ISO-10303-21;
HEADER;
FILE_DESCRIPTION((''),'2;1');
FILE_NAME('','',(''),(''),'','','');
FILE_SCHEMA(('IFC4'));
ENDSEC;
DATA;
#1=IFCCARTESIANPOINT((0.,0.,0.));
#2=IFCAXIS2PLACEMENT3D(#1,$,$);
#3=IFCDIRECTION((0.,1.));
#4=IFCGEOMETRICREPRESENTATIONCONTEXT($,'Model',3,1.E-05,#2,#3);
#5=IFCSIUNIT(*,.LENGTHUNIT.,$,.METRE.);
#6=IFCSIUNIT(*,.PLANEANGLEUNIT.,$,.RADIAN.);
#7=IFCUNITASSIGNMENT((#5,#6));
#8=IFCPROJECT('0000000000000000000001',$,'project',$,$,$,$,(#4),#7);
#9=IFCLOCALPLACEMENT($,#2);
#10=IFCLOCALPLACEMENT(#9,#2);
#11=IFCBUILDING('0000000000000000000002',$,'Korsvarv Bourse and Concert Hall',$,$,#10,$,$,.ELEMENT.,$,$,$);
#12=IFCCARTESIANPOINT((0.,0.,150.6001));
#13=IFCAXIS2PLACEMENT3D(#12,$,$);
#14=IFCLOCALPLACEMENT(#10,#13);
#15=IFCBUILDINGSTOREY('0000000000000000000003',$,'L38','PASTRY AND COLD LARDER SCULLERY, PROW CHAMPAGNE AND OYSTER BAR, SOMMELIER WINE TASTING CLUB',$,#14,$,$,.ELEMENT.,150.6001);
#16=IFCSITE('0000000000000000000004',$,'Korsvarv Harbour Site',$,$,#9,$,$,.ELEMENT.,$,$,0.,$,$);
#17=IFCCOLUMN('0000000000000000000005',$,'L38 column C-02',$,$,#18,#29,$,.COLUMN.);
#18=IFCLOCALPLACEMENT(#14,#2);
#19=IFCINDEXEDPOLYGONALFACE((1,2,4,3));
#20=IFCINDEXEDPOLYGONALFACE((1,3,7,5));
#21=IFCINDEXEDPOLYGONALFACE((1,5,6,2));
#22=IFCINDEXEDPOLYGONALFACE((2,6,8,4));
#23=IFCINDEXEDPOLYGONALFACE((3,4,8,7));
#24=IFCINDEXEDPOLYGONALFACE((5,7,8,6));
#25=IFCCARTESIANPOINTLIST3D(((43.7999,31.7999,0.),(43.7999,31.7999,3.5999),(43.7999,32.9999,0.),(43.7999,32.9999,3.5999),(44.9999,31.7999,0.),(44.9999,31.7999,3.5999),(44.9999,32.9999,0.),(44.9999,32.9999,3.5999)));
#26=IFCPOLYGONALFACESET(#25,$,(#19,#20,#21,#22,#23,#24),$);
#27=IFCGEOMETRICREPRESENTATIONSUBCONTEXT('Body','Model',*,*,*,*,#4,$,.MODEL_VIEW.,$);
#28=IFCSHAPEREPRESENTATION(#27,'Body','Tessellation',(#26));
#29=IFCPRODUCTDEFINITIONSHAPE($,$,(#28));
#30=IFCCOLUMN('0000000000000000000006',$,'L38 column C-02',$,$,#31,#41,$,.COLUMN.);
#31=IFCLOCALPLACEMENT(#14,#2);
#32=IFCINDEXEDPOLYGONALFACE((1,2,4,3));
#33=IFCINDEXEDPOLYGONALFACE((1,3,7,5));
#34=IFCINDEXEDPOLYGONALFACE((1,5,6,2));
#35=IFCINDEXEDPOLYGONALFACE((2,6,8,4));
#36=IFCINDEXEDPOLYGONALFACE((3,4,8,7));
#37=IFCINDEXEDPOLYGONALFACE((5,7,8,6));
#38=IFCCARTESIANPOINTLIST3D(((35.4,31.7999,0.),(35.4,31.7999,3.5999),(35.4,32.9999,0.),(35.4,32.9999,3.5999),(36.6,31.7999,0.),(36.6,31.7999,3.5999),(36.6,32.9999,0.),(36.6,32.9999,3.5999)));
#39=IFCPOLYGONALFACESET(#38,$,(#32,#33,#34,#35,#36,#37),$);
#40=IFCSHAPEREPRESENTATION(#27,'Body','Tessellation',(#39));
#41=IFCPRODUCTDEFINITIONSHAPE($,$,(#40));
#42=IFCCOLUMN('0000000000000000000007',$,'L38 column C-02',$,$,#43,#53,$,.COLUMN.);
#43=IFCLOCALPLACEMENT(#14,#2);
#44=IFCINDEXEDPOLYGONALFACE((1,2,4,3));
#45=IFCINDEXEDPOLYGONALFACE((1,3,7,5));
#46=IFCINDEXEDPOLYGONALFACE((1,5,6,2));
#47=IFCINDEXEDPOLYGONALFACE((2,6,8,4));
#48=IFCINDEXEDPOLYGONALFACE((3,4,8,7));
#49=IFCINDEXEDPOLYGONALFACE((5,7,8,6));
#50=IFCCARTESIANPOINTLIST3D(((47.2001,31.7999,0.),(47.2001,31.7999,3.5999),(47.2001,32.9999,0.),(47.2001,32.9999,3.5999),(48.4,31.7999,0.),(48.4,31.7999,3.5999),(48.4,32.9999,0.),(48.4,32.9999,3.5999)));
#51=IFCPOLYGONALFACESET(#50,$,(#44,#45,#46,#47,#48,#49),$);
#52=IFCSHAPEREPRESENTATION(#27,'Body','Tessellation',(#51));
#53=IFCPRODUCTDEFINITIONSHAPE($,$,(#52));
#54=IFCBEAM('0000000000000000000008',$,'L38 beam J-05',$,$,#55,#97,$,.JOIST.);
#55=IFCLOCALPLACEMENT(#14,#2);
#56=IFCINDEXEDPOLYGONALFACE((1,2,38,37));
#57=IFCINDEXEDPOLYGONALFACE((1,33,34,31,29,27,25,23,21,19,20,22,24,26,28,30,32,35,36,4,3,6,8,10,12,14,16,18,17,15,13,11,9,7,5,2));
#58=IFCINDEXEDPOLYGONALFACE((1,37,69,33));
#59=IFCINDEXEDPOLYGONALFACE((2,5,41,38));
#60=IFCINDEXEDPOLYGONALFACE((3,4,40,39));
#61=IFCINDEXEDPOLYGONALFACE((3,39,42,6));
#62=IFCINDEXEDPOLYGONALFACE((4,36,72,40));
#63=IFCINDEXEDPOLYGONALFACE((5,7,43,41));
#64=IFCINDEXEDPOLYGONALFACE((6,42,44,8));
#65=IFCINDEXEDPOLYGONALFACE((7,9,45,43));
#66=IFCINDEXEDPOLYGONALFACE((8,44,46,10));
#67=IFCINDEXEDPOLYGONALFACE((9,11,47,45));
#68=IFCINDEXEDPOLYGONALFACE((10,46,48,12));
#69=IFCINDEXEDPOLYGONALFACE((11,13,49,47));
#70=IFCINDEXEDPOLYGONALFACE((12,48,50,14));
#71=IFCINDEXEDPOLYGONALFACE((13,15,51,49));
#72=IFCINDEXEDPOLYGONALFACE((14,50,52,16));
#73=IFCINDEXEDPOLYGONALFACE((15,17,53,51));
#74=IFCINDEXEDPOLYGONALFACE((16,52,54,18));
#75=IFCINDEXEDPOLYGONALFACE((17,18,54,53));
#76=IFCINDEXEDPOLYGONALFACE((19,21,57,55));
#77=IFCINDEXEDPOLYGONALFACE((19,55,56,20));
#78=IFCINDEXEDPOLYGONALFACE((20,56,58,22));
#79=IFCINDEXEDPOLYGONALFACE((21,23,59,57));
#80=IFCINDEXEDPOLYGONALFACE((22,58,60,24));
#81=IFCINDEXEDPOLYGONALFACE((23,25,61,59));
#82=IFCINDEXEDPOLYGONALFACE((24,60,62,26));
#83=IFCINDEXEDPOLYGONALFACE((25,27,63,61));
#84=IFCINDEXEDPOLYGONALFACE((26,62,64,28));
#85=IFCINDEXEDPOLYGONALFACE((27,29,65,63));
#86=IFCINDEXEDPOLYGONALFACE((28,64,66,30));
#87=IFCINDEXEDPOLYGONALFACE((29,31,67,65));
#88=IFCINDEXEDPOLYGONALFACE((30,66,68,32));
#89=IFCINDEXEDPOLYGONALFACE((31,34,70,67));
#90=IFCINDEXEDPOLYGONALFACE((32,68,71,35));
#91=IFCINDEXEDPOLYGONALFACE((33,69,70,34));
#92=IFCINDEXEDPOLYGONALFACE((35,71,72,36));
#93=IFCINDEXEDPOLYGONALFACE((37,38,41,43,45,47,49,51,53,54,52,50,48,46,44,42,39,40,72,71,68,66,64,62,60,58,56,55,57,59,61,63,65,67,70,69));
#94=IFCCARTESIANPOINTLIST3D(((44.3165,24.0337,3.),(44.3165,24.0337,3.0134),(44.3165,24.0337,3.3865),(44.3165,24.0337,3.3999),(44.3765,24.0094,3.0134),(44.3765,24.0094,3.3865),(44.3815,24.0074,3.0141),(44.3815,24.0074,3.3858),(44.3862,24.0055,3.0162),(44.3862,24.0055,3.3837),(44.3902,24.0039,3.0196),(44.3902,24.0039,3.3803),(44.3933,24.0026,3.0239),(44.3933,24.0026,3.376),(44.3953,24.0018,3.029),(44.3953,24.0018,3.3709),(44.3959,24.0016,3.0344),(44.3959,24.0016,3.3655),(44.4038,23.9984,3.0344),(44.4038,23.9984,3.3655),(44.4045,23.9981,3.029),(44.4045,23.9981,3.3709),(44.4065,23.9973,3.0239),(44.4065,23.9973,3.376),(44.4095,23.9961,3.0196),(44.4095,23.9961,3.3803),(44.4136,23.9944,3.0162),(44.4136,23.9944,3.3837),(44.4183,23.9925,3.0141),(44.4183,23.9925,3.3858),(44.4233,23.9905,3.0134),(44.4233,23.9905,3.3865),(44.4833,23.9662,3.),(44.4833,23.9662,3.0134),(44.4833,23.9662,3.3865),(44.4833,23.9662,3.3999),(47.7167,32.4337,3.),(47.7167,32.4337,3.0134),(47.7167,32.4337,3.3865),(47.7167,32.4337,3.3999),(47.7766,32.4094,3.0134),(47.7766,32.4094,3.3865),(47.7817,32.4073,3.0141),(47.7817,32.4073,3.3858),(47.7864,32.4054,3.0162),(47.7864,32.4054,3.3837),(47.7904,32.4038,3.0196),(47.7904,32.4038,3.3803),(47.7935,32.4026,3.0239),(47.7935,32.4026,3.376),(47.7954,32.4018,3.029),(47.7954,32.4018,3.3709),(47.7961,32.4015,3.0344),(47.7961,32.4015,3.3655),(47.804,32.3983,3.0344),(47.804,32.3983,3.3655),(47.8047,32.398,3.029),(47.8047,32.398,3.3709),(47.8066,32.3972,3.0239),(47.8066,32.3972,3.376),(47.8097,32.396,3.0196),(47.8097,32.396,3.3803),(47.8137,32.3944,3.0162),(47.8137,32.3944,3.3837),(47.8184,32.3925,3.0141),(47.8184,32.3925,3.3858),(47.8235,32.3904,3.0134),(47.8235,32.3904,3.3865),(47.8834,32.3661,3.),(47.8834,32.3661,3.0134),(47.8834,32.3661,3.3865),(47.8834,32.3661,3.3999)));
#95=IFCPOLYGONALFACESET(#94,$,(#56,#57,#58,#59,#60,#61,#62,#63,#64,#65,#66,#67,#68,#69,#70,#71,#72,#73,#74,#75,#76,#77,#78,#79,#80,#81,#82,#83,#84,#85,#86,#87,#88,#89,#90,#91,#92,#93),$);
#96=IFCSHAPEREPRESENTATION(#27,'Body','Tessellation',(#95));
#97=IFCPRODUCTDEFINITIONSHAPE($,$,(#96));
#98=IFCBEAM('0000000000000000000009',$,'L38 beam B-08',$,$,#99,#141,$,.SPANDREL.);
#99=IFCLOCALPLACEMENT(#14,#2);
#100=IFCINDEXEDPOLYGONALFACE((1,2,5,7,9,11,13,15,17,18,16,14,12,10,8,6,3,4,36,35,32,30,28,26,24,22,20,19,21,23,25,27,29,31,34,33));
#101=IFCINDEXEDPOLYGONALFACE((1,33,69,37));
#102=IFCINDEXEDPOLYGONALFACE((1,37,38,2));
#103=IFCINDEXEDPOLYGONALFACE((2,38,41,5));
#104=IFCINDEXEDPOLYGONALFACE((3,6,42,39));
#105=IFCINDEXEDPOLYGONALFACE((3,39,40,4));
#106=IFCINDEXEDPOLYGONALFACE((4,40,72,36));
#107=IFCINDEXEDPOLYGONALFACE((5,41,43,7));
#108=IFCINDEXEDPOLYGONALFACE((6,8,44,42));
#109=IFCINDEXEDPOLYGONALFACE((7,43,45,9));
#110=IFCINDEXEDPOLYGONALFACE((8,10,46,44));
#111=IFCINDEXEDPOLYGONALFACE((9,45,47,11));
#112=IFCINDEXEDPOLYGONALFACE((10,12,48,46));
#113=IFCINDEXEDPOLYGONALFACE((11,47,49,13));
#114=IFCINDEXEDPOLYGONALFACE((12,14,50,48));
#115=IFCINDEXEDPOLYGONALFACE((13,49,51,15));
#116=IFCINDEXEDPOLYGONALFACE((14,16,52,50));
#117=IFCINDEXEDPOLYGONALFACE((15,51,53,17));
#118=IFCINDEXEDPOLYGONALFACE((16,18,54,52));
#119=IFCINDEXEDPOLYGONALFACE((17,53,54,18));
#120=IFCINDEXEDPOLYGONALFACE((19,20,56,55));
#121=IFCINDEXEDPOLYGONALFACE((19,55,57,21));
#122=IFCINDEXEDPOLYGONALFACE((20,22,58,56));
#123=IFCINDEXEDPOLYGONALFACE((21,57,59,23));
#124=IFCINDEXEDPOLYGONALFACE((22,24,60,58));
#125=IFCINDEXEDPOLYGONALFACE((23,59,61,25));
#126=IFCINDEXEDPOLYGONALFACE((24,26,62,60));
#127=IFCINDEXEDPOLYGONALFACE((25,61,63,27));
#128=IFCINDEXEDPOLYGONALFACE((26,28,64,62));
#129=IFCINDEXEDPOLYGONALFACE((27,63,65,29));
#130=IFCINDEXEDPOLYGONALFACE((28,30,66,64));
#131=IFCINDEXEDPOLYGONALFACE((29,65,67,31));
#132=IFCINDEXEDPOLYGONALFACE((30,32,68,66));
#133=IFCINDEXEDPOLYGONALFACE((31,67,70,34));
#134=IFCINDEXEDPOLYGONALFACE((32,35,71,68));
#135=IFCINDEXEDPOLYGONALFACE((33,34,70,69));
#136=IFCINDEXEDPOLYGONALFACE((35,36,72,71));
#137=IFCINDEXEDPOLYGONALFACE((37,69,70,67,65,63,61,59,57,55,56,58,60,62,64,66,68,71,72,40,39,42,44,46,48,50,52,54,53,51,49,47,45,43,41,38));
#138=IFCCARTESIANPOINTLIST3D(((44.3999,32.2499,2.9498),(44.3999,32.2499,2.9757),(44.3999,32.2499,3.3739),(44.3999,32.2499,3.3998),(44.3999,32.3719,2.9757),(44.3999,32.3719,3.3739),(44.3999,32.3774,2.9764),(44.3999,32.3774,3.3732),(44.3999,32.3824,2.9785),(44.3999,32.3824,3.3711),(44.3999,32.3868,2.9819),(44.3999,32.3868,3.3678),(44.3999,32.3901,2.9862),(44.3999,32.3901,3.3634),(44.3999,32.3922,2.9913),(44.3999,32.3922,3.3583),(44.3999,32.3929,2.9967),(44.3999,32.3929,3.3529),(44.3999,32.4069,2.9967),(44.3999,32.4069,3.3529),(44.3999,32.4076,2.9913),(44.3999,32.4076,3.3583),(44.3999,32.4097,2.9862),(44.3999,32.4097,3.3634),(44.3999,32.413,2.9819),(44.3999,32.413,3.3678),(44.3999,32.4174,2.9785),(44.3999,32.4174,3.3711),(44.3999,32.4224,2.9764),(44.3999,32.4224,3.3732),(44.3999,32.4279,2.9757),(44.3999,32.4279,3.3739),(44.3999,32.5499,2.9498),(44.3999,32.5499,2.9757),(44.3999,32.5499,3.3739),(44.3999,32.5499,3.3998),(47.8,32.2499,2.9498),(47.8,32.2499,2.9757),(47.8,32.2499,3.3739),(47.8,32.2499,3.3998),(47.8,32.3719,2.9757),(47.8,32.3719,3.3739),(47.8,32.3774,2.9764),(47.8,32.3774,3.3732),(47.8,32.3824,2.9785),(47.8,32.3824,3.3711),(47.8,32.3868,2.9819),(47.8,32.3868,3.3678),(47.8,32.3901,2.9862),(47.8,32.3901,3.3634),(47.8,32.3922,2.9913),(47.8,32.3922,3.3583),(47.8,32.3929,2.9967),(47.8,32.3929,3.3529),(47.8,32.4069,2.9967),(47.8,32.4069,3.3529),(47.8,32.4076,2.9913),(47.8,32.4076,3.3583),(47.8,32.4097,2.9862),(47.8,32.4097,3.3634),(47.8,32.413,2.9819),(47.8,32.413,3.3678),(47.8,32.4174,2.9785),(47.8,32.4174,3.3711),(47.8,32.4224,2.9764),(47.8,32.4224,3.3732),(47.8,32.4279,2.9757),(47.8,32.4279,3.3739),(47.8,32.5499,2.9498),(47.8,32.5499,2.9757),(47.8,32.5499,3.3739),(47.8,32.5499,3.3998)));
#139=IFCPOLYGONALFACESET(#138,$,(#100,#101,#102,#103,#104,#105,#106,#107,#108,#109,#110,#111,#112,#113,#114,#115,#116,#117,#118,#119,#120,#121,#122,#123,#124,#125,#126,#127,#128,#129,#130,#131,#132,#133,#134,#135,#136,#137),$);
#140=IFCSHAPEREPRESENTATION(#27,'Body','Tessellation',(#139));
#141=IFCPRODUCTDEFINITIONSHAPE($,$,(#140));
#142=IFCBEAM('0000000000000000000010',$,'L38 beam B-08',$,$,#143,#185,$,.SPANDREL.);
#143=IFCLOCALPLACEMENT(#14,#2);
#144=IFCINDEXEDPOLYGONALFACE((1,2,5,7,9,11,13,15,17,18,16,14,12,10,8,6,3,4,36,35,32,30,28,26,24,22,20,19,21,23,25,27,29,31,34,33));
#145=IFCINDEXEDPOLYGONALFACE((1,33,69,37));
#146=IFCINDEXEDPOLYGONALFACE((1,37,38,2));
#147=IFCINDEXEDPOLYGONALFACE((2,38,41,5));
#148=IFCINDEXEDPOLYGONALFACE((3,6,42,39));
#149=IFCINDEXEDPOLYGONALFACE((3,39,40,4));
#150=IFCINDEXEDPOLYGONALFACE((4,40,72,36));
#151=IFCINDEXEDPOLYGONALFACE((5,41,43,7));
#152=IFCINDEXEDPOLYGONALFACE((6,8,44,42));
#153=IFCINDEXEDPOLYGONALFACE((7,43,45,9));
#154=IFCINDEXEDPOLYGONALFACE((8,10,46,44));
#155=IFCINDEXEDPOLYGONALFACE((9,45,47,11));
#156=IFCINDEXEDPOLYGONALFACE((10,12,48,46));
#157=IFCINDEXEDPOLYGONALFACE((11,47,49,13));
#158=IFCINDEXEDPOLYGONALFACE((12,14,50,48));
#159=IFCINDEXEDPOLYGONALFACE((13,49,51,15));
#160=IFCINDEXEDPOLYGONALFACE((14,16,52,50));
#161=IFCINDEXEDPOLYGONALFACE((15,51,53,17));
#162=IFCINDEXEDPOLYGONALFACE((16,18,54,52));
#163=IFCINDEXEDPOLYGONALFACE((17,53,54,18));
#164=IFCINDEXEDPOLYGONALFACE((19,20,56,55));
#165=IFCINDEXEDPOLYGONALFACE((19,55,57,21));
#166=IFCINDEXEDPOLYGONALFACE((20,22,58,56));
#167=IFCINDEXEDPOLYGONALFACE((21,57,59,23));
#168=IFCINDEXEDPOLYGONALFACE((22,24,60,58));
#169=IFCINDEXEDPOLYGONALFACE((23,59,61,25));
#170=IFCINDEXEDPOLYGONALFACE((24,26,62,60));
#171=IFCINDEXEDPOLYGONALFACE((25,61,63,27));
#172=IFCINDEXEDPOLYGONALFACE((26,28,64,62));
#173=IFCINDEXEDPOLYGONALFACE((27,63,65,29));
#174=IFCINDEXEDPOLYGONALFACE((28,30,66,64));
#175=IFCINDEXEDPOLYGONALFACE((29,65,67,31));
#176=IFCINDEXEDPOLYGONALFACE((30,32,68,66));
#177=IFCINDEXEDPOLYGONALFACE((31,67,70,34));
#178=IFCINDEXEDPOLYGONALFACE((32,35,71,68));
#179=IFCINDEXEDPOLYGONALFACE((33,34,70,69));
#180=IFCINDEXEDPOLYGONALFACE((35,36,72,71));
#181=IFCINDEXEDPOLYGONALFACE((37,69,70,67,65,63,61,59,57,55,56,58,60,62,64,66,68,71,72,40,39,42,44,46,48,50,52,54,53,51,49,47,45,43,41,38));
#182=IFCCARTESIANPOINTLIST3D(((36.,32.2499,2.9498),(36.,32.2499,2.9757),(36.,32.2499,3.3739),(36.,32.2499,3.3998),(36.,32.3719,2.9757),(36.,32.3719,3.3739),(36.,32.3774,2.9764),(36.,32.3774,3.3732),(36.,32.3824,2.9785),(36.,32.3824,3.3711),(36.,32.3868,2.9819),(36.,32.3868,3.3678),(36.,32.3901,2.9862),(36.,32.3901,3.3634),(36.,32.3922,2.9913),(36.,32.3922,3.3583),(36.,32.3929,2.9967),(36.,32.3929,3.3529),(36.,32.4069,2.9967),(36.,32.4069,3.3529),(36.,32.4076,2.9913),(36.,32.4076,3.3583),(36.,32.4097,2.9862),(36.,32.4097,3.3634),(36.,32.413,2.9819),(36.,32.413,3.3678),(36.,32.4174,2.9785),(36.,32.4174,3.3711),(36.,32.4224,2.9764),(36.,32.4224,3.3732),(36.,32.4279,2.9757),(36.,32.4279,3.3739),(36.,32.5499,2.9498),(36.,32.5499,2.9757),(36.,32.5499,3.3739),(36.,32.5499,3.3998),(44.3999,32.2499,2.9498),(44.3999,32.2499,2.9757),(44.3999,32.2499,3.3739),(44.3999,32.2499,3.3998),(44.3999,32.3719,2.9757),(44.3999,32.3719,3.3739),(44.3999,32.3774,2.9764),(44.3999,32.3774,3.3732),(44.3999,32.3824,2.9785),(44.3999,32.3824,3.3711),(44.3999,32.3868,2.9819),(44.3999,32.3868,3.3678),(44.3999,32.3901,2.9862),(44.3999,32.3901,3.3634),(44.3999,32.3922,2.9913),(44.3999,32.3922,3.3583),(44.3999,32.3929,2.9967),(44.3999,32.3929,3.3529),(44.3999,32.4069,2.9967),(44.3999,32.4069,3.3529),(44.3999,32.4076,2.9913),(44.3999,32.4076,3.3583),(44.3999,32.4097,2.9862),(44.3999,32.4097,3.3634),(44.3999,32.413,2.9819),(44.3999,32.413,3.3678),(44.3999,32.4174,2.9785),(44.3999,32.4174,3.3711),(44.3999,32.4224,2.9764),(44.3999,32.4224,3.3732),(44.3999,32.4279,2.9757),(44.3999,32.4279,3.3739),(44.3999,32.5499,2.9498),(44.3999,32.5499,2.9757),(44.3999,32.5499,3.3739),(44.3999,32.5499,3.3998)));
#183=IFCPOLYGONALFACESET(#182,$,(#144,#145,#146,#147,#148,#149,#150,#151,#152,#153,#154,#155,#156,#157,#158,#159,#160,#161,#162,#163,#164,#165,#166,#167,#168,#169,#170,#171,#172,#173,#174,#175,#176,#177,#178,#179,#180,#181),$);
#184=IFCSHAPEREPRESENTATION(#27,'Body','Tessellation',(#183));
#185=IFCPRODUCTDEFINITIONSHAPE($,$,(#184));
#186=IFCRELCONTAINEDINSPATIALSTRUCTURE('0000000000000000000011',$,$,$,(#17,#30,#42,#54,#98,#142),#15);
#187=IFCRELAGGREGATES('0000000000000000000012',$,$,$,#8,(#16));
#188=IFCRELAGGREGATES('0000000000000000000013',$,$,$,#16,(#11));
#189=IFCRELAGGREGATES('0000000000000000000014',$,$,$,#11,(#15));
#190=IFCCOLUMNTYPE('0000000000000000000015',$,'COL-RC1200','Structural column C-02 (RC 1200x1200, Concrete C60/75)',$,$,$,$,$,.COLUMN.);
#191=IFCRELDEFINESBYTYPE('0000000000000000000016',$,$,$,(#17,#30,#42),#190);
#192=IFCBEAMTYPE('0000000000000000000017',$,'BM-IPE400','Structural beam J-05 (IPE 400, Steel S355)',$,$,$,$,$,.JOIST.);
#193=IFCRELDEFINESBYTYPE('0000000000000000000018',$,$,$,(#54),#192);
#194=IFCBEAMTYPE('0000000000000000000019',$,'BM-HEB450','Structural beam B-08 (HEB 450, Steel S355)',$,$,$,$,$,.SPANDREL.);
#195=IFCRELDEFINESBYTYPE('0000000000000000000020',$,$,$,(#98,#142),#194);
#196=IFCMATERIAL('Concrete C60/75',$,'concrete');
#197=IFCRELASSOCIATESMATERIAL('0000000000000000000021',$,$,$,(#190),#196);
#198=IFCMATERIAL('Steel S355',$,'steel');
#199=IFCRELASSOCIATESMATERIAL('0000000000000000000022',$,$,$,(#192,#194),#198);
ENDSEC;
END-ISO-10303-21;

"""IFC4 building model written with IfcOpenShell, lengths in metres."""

from ifc_helpers import new_model, si_unit, direction, frame, origin, origin_2d, place, context, subcontext, project, spatial, rectangle, i_section, extrude, source, transform, mapped, material, material_profile, profile_set, type_object, element, save


model = new_model("IFC4")

# Units and contexts
model_context = context("Model", 3, precision=1e-05, world=origin(), true_north=direction((0.0, 1.0)))
body_context = subcontext(model_context, "Body", "Model", "MODEL_VIEW")
ifc_project = project(units=[si_unit("LENGTHUNIT", "METRE"), si_unit("PLANEANGLEUNIT", "RADIAN")], contexts=[model_context])

# Site, building, storey
site_placement = place(None, origin())
site = spatial("IfcSite", under=ifc_project, at=site_placement, Name="Korsvarv Harbour Site", CompositionType="ELEMENT", RefElevation=0.0)
building_placement = place(site_placement, origin())
building = spatial("IfcBuilding", under=site, at=building_placement, Name="Korsvarv Bourse and Concert Hall", CompositionType="ELEMENT")
storey_placement = place(building_placement, frame((0.0, 0.0, 150.6001)))
storey = spatial("IfcBuildingStorey", under=building, at=storey_placement, Name="L38", Description="PASTRY AND COLD LARDER SCULLERY, PROW CHAMPAGNE AND OYSTER BAR, SOMMELIER WINE TASTING CLUB", CompositionType="ELEMENT", Elevation=150.6001)

# Columns
ifc_material_1 = material(Name="Concrete C60/75", Category="concrete")
ifc_material_profile_1 = material_profile(ifc_material_1, rectangle(XDim=1.2, YDim=1.2, at=origin_2d()), Name="RC 1200x1200")
ifc_profile_set_1 = profile_set([ifc_material_profile_1], Name="Concrete C60/75")
column_type = type_object("IfcColumnType", Name="COL-RC1200", Description="Structural column C-02 (RC 1200x1200, Concrete C60/75)", PredefinedType="COLUMN", material=ifc_profile_set_1)
shared_shape_1 = source(origin(), body_context, "Body", "SweptSolid", [
    extrude(rectangle(XDim=1.2, YDim=1.2, at=origin_2d()), origin(), (0.0, 0.0, 1.0), 3.5999),
])
for number, where, z_axis, x_axis, name in (
    (1, (44.3999, 32.3999, 0.0), (0.0, 0.0, 1.0), (1.0, 0.0, 0.0), "L38 column C-02"),
    (2, (36.0, 32.3999, 0.0), (0.0, 0.0, 1.0), (1.0, 0.0, 0.0), "L38 column C-02"),
    (3, (47.8, 32.3999, 0.0), (0.0, 0.0, 1.0), (1.0, 0.0, 0.0), "L38 column C-02"),
):
    element("IfcColumn", number, at=place(storey_placement, frame(where, z_axis=z_axis, x_axis=x_axis)), inside=storey, type_object=column_type, Name=name, PredefinedType="COLUMN", context=body_context, shape_type="MappedRepresentation", body=[
        mapped(shared_shape_1, transform((0.0, 0.0, 0.0), scale=1.0)),
    ])

# Beams
ifc_material_2 = material(Name="Steel S355", Category="steel")
ifc_material_profile_2 = material_profile(ifc_material_2, i_section(OverallWidth=0.1799, OverallDepth=0.3999, WebThickness=0.0085, FlangeThickness=0.0134, FilletRadius=0.021, at=origin_2d()), Name="IPE 400")
ifc_profile_set_2 = profile_set([ifc_material_profile_2], Name="Steel S355")
beam_type_1 = type_object("IfcBeamType", Name="BM-IPE400", Description="Structural beam J-05 (IPE 400, Steel S355)", PredefinedType="JOIST", material=ifc_profile_set_2)
shared_shape_2 = source(origin(), body_context, "Body", "SweptSolid", [
    extrude(i_section(OverallWidth=0.1799, OverallDepth=0.3999, WebThickness=0.0085, FlangeThickness=0.0134, FilletRadius=0.021, at=origin_2d()), origin(), (0.0, 0.0, 1.0), 9.062),
])
beam_1_placement = place(storey_placement, frame((47.8, 32.3999, 3.2), z_axis=(-0.37521, -0.92694, 0.0), x_axis=(0.92694, -0.37521, 0.0)))
element("IfcBeam", 4, at=beam_1_placement, inside=storey, type_object=beam_type_1, Name="L38 beam J-05", PredefinedType="JOIST", context=body_context, shape_type="MappedRepresentation", body=[
    mapped(shared_shape_2, transform((0.0, 0.0, 0.0), scale=1.0)),
])
ifc_material_profile_3 = material_profile(ifc_material_2, i_section(OverallWidth=0.3, OverallDepth=0.45, WebThickness=0.0139, FlangeThickness=0.0259, FilletRadius=0.021, at=origin_2d()), Name="HEB 450")
ifc_profile_set_3 = profile_set([ifc_material_profile_3], Name="Steel S355")
beam_type_2 = type_object("IfcBeamType", Name="BM-HEB450", Description="Structural beam B-08 (HEB 450, Steel S355)", PredefinedType="SPANDREL", material=ifc_profile_set_3)
shared_shape_3 = source(origin(), body_context, "Body", "SweptSolid", [
    extrude(i_section(OverallWidth=0.3, OverallDepth=0.45, WebThickness=0.0139, FlangeThickness=0.0259, FilletRadius=0.021, at=origin_2d()), origin(), (0.0, 0.0, 1.0), 3.4001),
])
beam_2_placement = place(storey_placement, frame((44.3999, 32.3999, 3.1748), z_axis=(1.0, 0.0, 0.0), x_axis=(0.0, 1.0, 0.0)))
element("IfcBeam", 5, at=beam_2_placement, inside=storey, type_object=beam_type_2, Name="L38 beam B-08", PredefinedType="SPANDREL", context=body_context, shape_type="MappedRepresentation", body=[
    mapped(shared_shape_3, transform((0.0, 0.0, 0.0), scale=1.0)),
])
shared_shape_4 = source(origin(), body_context, "Body", "SweptSolid", [
    extrude(i_section(OverallWidth=0.3, OverallDepth=0.45, WebThickness=0.0139, FlangeThickness=0.0259, FilletRadius=0.021, at=origin_2d()), origin(), (0.0, 0.0, 1.0), 8.3999),
])
beam_3_placement = place(storey_placement, frame((36.0, 32.3999, 3.1748), z_axis=(1.0, 0.0, 0.0), x_axis=(0.0, 1.0, 0.0)))
element("IfcBeam", 6, at=beam_3_placement, inside=storey, type_object=beam_type_2, Name="L38 beam B-08", PredefinedType="SPANDREL", context=body_context, shape_type="MappedRepresentation", body=[
    mapped(shared_shape_4, transform((0.0, 0.0, 0.0), scale=1.0)),
])

save(model, "model.ifc")
